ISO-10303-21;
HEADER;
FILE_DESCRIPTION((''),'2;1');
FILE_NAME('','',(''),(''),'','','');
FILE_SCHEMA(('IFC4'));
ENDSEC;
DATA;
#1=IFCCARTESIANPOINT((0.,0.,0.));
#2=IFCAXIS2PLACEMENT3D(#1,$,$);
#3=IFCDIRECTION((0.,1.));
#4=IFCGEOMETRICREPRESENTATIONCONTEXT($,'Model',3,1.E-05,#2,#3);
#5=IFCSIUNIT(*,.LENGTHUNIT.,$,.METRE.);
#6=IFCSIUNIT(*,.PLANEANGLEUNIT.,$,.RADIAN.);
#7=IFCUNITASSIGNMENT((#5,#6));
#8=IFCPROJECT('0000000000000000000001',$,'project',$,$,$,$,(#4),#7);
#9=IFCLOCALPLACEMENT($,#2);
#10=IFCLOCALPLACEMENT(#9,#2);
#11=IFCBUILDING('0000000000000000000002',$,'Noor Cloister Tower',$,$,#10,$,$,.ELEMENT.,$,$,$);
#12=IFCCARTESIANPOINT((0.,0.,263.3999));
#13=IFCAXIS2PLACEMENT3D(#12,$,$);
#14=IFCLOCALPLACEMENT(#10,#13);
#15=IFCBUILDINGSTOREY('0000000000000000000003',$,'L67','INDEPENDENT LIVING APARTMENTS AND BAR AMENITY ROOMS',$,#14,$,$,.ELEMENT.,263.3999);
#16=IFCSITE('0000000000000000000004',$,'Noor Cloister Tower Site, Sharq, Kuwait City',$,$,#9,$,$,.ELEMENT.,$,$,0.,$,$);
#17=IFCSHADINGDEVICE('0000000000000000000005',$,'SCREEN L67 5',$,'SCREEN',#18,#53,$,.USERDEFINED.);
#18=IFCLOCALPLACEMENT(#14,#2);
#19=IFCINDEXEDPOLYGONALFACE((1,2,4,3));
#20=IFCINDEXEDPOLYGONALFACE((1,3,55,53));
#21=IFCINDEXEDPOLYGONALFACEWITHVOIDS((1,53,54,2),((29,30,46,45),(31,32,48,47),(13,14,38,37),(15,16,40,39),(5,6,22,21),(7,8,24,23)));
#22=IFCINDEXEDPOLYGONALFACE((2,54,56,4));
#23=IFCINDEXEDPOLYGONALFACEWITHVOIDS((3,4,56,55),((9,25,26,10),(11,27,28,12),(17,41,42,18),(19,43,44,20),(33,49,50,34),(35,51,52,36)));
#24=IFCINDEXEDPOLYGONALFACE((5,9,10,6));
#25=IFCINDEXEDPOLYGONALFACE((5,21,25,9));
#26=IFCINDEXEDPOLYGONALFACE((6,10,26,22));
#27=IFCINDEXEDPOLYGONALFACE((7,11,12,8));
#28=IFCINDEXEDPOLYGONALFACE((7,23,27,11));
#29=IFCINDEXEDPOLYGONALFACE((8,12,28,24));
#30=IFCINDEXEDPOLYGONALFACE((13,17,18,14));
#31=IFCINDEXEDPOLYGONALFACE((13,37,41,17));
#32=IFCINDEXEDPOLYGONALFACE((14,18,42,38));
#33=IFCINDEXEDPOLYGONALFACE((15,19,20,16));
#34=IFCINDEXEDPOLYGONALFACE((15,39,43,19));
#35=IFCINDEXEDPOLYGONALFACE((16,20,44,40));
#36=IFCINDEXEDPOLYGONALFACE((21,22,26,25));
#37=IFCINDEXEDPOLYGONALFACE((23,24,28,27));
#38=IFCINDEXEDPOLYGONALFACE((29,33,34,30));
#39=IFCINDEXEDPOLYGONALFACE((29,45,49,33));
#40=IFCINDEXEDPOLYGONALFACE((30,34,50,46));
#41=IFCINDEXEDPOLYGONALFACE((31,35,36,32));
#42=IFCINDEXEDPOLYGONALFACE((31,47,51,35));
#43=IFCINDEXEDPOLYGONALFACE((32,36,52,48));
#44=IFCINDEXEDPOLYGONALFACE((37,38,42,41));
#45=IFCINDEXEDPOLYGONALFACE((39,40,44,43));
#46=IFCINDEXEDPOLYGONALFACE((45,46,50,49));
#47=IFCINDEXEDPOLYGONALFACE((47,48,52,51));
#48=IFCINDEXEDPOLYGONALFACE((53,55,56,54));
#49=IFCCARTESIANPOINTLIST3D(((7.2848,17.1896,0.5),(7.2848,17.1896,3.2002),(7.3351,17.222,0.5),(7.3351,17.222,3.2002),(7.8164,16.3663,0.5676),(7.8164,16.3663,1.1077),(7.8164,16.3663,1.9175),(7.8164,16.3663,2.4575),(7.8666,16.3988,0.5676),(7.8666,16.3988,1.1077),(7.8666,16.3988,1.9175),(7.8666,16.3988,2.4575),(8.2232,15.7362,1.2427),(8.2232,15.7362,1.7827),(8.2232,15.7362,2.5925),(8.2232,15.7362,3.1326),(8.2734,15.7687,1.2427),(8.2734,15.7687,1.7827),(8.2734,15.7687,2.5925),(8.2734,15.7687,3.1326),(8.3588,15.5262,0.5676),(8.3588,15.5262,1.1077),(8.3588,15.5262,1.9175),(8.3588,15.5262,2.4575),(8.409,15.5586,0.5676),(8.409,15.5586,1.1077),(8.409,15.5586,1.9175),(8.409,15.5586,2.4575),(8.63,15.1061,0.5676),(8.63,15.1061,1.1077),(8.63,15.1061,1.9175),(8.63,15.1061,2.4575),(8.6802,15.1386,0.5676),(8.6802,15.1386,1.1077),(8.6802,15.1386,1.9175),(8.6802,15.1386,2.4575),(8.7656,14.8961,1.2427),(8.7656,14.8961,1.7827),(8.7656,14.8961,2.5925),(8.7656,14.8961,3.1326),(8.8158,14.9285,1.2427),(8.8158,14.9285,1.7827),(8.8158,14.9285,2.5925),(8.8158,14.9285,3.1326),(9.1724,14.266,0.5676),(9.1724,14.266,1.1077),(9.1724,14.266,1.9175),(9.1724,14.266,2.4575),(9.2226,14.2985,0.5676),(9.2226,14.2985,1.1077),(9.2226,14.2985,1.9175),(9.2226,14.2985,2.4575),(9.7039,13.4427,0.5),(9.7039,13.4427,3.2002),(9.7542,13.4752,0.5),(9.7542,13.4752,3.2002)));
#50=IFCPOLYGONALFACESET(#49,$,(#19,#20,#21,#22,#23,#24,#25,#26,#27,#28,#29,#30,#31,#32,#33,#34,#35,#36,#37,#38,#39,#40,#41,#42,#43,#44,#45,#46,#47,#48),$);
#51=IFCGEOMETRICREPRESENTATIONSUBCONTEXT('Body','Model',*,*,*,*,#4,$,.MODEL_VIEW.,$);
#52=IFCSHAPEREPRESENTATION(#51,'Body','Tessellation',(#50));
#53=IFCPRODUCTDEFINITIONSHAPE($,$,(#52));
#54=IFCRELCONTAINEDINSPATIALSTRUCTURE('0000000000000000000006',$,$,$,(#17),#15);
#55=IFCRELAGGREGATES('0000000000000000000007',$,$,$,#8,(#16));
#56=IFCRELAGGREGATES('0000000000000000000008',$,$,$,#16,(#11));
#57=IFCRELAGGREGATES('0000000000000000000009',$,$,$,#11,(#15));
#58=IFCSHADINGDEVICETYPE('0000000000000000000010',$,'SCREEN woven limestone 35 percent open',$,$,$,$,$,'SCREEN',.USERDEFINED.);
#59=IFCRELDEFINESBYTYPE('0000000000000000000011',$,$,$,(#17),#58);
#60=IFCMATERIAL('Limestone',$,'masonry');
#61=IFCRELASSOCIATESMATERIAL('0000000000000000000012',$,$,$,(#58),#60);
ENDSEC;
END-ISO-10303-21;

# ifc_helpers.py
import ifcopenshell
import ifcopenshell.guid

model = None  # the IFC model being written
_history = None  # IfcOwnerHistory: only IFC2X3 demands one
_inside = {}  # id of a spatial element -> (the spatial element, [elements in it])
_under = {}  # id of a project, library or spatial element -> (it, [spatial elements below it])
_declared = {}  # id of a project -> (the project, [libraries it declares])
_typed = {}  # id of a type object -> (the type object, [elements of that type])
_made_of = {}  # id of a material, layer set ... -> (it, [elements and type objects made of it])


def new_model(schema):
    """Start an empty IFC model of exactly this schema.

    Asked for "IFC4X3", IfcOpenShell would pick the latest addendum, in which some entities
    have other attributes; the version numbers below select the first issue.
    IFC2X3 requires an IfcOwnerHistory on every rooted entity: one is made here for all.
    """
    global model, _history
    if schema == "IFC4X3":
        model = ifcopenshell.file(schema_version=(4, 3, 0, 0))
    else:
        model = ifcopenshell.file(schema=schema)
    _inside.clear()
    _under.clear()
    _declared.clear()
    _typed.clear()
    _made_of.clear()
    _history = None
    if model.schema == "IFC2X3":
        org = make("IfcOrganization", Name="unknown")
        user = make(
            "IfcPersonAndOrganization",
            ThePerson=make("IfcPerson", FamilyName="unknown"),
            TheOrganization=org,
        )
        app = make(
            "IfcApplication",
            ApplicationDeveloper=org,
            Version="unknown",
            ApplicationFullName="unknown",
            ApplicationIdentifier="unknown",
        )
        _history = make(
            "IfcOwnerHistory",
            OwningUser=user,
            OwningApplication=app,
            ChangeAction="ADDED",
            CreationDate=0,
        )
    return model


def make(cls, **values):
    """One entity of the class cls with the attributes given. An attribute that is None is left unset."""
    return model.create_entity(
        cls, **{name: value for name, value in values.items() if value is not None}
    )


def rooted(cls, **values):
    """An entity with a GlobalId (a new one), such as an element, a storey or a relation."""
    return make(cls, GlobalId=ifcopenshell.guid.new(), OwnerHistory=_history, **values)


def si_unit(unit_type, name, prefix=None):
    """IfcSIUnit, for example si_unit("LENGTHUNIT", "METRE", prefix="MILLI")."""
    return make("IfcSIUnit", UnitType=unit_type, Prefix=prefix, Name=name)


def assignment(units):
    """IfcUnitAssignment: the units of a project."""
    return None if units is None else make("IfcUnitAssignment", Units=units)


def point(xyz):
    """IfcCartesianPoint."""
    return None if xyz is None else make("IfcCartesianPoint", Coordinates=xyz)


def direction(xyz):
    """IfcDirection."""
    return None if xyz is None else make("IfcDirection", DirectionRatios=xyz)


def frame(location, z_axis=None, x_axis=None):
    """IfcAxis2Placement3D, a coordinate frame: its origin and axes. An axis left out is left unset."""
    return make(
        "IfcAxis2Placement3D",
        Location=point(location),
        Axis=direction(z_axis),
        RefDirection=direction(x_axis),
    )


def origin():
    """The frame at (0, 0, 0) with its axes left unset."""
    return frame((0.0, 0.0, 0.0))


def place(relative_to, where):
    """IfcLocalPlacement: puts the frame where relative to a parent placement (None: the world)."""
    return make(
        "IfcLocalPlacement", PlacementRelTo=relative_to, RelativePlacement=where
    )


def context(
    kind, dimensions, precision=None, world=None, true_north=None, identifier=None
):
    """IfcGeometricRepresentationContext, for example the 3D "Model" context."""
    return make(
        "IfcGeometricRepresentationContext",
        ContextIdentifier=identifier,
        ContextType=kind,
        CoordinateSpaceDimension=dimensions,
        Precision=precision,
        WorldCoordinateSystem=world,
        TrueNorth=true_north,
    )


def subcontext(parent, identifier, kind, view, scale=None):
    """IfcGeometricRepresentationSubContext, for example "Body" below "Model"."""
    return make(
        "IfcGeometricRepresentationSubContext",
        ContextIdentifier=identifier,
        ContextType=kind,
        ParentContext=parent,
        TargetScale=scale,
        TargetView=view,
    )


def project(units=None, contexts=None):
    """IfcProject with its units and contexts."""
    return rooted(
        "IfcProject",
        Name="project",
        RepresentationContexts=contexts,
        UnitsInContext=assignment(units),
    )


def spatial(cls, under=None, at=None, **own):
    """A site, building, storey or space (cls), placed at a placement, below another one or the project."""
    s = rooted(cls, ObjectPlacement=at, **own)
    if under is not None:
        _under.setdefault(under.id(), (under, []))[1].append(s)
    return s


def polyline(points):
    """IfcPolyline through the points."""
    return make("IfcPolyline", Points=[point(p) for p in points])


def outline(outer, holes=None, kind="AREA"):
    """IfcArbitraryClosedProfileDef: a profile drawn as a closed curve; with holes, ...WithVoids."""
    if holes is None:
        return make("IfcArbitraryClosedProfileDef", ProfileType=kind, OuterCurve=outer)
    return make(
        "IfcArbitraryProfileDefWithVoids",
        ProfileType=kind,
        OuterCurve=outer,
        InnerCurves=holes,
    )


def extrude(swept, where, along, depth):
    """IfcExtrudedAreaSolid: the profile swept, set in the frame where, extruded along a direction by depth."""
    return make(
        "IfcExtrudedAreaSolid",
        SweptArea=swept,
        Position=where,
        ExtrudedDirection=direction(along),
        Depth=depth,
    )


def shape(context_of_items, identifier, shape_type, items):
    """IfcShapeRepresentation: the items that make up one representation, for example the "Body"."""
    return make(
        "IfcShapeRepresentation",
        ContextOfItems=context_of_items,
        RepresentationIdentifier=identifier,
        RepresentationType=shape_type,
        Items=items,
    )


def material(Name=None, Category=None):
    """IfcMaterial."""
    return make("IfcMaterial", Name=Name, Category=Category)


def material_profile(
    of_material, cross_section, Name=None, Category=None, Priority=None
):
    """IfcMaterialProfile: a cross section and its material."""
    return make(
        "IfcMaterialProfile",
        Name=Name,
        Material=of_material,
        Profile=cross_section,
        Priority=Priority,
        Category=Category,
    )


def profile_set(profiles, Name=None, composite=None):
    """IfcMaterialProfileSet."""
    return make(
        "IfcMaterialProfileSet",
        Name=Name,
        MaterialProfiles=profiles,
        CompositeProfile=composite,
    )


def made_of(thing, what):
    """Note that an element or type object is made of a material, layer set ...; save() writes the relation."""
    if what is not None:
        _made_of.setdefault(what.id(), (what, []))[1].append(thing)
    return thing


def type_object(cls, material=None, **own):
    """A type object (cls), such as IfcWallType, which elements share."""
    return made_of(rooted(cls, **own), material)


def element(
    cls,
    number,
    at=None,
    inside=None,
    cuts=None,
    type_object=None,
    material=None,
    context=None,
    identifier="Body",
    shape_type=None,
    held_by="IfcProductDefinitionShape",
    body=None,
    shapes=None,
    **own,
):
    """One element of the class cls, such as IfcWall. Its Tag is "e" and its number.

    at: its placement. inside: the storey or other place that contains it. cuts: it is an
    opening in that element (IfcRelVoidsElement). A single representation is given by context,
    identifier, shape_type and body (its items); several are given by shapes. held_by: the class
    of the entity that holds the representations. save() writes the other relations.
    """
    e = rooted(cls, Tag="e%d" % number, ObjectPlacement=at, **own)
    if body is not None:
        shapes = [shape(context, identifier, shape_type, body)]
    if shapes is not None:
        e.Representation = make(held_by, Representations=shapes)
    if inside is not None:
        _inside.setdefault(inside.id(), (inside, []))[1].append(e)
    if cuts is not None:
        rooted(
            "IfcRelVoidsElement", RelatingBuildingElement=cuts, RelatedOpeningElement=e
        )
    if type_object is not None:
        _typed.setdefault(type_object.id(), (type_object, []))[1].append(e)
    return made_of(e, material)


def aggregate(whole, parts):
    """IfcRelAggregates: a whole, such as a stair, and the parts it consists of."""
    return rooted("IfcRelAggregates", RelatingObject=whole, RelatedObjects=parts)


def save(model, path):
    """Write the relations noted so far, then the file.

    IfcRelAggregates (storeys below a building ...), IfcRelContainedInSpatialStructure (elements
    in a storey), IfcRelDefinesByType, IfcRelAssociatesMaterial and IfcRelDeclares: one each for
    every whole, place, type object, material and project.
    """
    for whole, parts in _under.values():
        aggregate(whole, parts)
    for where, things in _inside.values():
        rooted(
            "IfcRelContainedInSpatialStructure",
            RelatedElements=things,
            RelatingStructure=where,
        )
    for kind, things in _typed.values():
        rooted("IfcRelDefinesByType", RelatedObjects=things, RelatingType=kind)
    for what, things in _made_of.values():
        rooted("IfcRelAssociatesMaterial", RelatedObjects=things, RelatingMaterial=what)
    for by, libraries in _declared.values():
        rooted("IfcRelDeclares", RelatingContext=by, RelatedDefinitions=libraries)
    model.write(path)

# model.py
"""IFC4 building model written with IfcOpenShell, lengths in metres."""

from ifc_helpers import new_model, si_unit, direction, frame, origin, place, context, subcontext, project, spatial, polyline, outline, extrude, material, material_profile, profile_set, type_object, element, save


model = new_model("IFC4")

# Units and contexts
model_context = context("Model", 3, precision=1e-05, world=origin(), true_north=direction((0.0, 1.0)))
body_context = subcontext(model_context, "Body", "Model", "MODEL_VIEW")
ifc_project = project(units=[si_unit("LENGTHUNIT", "METRE"), si_unit("PLANEANGLEUNIT", "RADIAN")], contexts=[model_context])

# Site, building, storey
site_placement = place(None, origin())
site = spatial("IfcSite", under=ifc_project, at=site_placement, Name="Noor Cloister Tower Site, Sharq, Kuwait City", CompositionType="ELEMENT", RefElevation=0.0)
building_placement = place(site_placement, origin())
building = spatial("IfcBuilding", under=site, at=building_placement, Name="Noor Cloister Tower", CompositionType="ELEMENT")
storey_placement = place(building_placement, frame((0.0, 0.0, 263.3999)))
storey = spatial("IfcBuildingStorey", under=building, at=storey_placement, Name="L67", Description="INDEPENDENT LIVING APARTMENTS AND BAR AMENITY ROOMS", CompositionType="ELEMENT", Elevation=263.3999)

# Shading device
ifc_material_1 = material(Name="Limestone", Category="masonry")
ifc_material_profile_1 = material_profile(ifc_material_1, outline(polyline([(-2.23, -1.3501), (2.23, -1.3501), (2.23, 1.3501), (-2.23, 1.3501), (-2.23, -1.3501)]), holes=[polyline([(-1.25, -1.2825), (-0.25, -1.2825), (-0.25, -0.7424), (-1.25, -0.7424), (-1.25, -1.2825)]), polyline([(0.25, -1.2825), (1.25, -1.2825), (1.25, -0.7424), (0.25, -0.7424), (0.25, -1.2825)]), polyline([(-0.5, -0.6074), (0.5, -0.6074), (0.5, -0.0674), (-0.5, -0.0674), (-0.5, -0.6074)]), polyline([(-1.25, 0.0674), (-0.25, 0.0674), (-0.25, 0.6074), (-1.25, 0.6074), (-1.25, 0.0674)]), polyline([(0.25, 0.0674), (1.25, 0.0674), (1.25, 0.6074), (0.25, 0.6074), (0.25, 0.0674)]), polyline([(-0.5, 0.7424), (0.5, 0.7424), (0.5, 1.2825), (-0.5, 1.2825), (-0.5, 0.7424)])]), Name="Woven screen 35 percent open")
ifc_profile_set_1 = profile_set([ifc_material_profile_1], Name="Limestone")
shading_device_type = type_object("IfcShadingDeviceType", Name="SCREEN woven limestone 35 percent open", ElementType="SCREEN", PredefinedType="USERDEFINED", material=ifc_profile_set_1)
for number, where, z_axis, x_axis, name in (
    (1, (8.4944, 15.3162, 1.8501), (0.840117, 0.542406, 0.0), (-0.542406, 0.840117, 0.0), "SCREEN L67 5"),
):
    element("IfcShadingDevice", number, at=place(storey_placement, frame(where, z_axis=z_axis, x_axis=x_axis)), inside=storey, type_object=shading_device_type, Name=name, ObjectType="SCREEN", PredefinedType="USERDEFINED", context=body_context, shape_type="SweptSolid", body=[
        extrude(outline(polyline([(-2.23, -1.3501), (2.23, -1.3501), (2.23, 1.3501), (-2.23, 1.3501), (-2.23, -1.3501)]), holes=[polyline([(-1.25, -1.2825), (-0.25, -1.2825), (-0.25, -0.7424), (-1.25, -0.7424), (-1.25, -1.2825)]), polyline([(0.25, -1.2825), (1.25, -1.2825), (1.25, -0.7424), (0.25, -0.7424), (0.25, -1.2825)]), polyline([(-0.5, -0.6074), (0.5, -0.6074), (0.5, -0.0674), (-0.5, -0.0674), (-0.5, -0.6074)]), polyline([(-1.25, 0.0674), (-0.25, 0.0674), (-0.25, 0.6074), (-1.25, 0.6074), (-1.25, 0.0674)]), polyline([(0.25, 0.0674), (1.25, 0.0674), (1.25, 0.6074), (0.25, 0.6074), (0.25, 0.0674)]), polyline([(-0.5, 0.7424), (0.5, 0.7424), (0.5, 1.2825), (-0.5, 1.2825), (-0.5, 0.7424)])]), origin(), (0.0, 0.0, 1.0), 0.0598),
    ])

save(model, "model.ifc")
